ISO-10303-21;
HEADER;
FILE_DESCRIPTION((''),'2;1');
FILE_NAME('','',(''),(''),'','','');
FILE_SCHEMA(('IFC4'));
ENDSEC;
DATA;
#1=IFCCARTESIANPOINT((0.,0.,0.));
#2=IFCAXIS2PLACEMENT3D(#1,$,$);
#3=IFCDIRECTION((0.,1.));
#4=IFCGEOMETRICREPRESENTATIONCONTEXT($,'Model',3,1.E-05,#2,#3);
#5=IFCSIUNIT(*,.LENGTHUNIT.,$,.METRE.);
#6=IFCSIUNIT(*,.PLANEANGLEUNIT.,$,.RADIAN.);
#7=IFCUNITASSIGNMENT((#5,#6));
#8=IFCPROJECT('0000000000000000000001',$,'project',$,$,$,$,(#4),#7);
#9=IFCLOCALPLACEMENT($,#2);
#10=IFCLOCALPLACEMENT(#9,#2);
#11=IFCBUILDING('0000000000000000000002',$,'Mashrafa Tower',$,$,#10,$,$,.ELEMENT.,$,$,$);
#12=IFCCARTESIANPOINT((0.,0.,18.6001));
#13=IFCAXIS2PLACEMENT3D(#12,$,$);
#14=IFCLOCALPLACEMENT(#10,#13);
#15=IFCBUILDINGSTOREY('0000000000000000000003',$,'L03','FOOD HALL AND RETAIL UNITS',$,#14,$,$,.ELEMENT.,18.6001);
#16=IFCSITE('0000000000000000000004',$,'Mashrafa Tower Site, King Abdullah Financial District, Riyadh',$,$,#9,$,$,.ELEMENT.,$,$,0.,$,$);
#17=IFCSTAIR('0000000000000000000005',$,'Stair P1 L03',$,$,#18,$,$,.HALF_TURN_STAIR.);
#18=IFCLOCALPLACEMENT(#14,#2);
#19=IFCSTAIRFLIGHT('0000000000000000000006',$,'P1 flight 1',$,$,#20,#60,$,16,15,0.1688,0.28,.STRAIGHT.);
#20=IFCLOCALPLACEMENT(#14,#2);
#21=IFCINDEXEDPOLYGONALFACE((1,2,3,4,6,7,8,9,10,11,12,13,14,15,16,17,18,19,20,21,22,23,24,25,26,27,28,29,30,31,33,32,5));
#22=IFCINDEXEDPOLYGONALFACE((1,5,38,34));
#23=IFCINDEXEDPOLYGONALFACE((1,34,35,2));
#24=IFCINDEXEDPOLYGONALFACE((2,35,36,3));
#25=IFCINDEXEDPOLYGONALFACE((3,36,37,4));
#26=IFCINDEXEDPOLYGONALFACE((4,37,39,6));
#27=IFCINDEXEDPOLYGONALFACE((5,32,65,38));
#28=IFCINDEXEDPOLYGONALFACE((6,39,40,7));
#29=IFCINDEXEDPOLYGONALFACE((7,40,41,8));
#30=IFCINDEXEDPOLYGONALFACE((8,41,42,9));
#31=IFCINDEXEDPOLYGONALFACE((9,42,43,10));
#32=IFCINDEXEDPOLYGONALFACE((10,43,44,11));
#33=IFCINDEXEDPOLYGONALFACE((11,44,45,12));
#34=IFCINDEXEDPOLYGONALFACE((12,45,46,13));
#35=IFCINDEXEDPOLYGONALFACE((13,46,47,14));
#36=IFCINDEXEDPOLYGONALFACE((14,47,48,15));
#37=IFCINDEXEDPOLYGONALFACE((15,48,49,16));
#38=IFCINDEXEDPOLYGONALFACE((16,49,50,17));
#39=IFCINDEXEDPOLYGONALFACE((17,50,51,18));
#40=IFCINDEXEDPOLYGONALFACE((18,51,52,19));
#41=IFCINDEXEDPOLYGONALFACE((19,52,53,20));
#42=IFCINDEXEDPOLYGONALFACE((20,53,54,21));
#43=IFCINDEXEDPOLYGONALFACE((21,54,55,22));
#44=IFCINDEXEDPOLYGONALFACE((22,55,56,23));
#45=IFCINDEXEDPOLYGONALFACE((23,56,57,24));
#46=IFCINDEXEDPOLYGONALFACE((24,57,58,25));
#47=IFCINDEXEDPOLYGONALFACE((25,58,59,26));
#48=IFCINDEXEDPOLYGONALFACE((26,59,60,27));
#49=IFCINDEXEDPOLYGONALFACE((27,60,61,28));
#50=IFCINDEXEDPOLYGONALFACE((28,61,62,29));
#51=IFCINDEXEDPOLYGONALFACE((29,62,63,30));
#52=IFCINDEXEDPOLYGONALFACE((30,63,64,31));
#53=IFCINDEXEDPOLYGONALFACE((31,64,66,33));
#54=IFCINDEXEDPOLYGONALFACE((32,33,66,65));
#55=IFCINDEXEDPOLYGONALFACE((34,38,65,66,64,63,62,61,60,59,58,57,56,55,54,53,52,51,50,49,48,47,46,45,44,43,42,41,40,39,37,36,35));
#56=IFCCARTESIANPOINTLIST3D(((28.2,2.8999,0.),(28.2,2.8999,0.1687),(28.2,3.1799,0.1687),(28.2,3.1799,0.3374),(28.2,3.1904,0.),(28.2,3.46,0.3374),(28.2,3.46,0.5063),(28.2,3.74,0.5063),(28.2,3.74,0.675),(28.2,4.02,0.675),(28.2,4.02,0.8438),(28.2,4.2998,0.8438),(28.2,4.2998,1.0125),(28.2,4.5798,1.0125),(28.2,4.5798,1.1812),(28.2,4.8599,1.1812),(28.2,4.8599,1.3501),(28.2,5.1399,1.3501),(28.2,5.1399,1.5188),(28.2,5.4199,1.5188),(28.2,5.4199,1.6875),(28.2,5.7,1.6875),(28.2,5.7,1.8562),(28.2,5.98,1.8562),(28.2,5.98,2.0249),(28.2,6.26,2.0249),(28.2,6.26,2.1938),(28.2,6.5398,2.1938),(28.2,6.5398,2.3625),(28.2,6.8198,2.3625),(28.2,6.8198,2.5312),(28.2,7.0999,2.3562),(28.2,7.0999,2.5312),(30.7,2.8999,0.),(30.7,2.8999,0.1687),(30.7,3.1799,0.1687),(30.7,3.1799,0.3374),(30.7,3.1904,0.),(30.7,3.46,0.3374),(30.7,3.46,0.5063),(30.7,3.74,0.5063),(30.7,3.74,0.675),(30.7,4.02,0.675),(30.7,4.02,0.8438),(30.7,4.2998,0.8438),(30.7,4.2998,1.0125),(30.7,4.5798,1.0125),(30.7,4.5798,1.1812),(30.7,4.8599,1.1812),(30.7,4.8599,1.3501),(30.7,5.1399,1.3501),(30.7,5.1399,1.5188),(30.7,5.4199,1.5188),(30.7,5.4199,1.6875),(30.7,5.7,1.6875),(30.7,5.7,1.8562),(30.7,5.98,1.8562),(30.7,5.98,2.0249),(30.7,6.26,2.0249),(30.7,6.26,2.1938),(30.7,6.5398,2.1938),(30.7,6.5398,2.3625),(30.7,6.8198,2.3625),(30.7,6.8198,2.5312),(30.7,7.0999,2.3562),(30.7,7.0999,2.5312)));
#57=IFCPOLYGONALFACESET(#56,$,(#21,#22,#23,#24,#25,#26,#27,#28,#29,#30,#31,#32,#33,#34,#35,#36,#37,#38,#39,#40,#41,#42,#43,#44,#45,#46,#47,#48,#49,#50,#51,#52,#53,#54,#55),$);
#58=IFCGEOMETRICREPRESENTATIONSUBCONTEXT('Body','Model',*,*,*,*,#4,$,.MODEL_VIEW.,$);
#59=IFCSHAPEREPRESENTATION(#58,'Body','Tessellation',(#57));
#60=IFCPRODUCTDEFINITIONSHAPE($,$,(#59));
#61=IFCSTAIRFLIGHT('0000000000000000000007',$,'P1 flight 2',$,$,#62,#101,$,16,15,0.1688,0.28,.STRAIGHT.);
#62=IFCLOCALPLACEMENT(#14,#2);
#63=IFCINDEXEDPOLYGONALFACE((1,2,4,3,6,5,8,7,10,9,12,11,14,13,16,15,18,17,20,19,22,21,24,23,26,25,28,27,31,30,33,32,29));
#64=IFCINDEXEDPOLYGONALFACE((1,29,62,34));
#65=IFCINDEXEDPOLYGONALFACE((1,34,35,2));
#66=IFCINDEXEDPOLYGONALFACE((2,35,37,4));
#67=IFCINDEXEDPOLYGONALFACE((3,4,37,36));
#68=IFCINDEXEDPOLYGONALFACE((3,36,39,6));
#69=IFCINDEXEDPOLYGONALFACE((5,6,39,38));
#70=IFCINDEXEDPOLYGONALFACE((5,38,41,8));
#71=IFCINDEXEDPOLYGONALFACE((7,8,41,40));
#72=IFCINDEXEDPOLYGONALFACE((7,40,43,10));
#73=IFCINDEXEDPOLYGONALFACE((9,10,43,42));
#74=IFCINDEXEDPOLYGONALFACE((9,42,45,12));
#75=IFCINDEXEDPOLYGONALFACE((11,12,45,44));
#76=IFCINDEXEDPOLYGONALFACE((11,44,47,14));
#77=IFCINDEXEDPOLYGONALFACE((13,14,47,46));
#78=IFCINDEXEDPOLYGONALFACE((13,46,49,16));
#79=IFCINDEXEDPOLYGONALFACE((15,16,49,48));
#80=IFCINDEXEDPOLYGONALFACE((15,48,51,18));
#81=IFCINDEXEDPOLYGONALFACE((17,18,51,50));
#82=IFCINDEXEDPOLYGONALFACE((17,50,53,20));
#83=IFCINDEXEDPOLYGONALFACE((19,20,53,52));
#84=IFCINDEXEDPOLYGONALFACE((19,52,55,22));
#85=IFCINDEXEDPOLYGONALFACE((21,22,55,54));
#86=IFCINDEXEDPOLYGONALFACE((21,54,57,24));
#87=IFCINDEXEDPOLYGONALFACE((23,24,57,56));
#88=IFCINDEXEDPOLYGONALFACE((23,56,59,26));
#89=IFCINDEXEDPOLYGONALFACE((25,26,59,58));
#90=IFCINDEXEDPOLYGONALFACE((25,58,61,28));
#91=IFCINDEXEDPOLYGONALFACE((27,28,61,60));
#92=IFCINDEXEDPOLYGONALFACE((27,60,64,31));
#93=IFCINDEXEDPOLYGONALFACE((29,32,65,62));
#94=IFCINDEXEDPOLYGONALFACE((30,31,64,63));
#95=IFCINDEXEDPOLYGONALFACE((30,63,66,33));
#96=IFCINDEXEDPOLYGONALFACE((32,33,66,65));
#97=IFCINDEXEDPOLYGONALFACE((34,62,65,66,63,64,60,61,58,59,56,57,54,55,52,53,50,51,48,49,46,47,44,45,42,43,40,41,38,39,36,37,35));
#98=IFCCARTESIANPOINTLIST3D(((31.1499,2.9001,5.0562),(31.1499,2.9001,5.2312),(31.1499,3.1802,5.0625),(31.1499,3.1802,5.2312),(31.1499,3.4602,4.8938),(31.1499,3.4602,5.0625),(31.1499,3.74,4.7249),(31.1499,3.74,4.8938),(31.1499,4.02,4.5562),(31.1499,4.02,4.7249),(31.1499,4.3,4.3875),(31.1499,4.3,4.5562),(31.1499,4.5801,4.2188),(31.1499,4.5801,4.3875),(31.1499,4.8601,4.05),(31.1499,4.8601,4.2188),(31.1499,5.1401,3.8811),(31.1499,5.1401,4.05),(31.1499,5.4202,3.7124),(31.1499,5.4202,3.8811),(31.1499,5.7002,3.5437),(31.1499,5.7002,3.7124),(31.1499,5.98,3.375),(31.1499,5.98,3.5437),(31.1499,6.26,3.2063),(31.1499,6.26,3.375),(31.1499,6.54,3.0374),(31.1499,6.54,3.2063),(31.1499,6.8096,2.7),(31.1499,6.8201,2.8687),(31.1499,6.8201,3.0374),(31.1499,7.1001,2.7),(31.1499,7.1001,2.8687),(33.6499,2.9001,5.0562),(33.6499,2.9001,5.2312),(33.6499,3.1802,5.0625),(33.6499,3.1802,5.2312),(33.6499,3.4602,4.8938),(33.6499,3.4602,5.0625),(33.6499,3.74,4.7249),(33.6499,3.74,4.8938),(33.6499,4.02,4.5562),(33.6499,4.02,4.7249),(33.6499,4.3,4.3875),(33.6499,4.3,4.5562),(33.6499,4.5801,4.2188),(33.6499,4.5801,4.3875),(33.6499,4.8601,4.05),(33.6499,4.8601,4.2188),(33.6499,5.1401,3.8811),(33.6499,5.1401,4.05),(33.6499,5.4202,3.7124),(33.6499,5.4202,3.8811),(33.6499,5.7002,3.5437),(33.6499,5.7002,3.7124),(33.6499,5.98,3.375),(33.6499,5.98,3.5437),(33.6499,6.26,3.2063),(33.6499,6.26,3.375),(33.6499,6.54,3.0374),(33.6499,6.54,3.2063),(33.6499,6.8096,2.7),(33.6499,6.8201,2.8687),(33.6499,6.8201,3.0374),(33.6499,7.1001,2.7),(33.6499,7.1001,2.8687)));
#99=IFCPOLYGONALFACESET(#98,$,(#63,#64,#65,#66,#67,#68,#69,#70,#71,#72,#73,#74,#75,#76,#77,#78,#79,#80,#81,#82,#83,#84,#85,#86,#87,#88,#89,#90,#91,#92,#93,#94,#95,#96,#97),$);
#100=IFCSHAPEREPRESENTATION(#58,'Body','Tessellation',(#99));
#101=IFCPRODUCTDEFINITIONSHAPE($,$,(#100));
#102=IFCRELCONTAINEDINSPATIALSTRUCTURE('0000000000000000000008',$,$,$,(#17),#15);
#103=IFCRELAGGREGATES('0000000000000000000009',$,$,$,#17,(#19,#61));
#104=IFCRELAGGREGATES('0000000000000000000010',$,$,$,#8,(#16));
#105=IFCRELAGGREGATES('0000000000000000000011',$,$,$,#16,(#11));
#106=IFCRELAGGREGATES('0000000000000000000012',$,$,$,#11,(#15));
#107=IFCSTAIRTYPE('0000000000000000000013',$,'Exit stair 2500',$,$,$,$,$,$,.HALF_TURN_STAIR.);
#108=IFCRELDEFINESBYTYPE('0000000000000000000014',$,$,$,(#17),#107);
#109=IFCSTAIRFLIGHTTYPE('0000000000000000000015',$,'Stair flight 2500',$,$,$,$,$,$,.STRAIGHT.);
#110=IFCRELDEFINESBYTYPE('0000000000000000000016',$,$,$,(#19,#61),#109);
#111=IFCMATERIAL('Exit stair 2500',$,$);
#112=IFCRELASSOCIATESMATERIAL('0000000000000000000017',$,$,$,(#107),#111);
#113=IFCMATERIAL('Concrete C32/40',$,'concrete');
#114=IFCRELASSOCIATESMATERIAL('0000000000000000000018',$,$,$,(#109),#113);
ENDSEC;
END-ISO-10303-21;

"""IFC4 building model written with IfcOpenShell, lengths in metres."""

from ifc_helpers import new_model, si_unit, direction, frame, origin, place, context, subcontext, project, spatial, polyline, outline, extrude, material, type_object, element, aggregate, save


model = new_model("IFC4")

# Units and contexts
model_context = context("Model", 3, precision=1e-05, world=origin(), true_north=direction((0.0, 1.0)))
body_context = subcontext(model_context, "Body", "Model", "MODEL_VIEW")
ifc_project = project(units=[si_unit("LENGTHUNIT", "METRE"), si_unit("PLANEANGLEUNIT", "RADIAN")], contexts=[model_context])

# Site, building, storey
site_placement = place(None, origin())
site = spatial("IfcSite", under=ifc_project, at=site_placement, Name="Mashrafa Tower Site, King Abdullah Financial District, Riyadh", CompositionType="ELEMENT", RefElevation=0.0)
building_placement = place(site_placement, origin())
building = spatial("IfcBuilding", under=site, at=building_placement, Name="Mashrafa Tower", CompositionType="ELEMENT")
storey_placement = place(building_placement, frame((0.0, 0.0, 18.6001)))
storey = spatial("IfcBuildingStorey", under=building, at=storey_placement, Name="L03", Description="FOOD HALL AND RETAIL UNITS", CompositionType="ELEMENT", Elevation=18.6001)

# Stair, stair flights
ifc_material_1 = material(Name="Exit stair 2500")
stair_type = type_object("IfcStairType", Name="Exit stair 2500", PredefinedType="HALF_TURN_STAIR", material=ifc_material_1)
stair_placement = place(storey_placement, origin())
stair = element("IfcStair", 1, at=stair_placement, inside=storey, type_object=stair_type, Name="Stair P1 L03", PredefinedType="HALF_TURN_STAIR")
ifc_material_2 = material(Name="Concrete C32/40", Category="concrete")
stair_flight_type = type_object("IfcStairFlightType", Name="Stair flight 2500", PredefinedType="STRAIGHT", material=ifc_material_2)
stair_flight_1_placement = place(storey_placement, frame((29.45, 2.8999, 0.0), z_axis=(0.0, 0.0, 1.0), x_axis=(0.0, 1.0, 0.0)))
stair_flight_1 = element("IfcStairFlight", 2, at=stair_flight_1_placement, type_object=stair_flight_type, Name="P1 flight 1", NumberOfRisers=16, NumberOfTreads=15, PredefinedType="STRAIGHT", RiserHeight=0.1688, TreadLength=0.28, context=body_context, shape_type="SweptSolid", body=[
    extrude(outline(polyline([(0.0, 0.0), (0.0, 0.1687), (0.28, 0.1687), (0.28, 0.3374), (0.5601, 0.3374), (0.5601, 0.5063), (0.8401, 0.5063), (0.8401, 0.675), (1.1201, 0.675), (1.1201, 0.8438), (1.3999, 0.8438), (1.3999, 1.0125), (1.6799, 1.0125), (1.6799, 1.1812), (1.96, 1.1812), (1.96, 1.3501), (2.24, 1.3501), (2.24, 1.5188), (2.52, 1.5188), (2.52, 1.6875), (2.8, 1.6875), (2.8, 1.8562), (3.0801, 1.8562), (3.0801, 2.0249), (3.3601, 2.0249), (3.3601, 2.1938), (3.6399, 2.1938), (3.6399, 2.3625), (3.9199, 2.3625), (3.9199, 2.5312), (4.2, 2.5312), (4.2, 2.7), (4.2, 2.3562), (0.2905, 0.0), (0.0, 0.0)])), frame((0.0, 1.25, 0.0), z_axis=(0.0, -1.0, 0.0), x_axis=(1.0, 0.0, 0.0)), (0.0, 0.0, 1.0), 2.5),
])
stair_flight_2_placement = place(storey_placement, frame((32.3999, 7.1001, 2.7), z_axis=(0.0, 0.0, 1.0), x_axis=(0.0, -1.0, 0.0)))
stair_flight_2 = element("IfcStairFlight", 3, at=stair_flight_2_placement, type_object=stair_flight_type, Name="P1 flight 2", NumberOfRisers=16, NumberOfTreads=15, PredefinedType="STRAIGHT", RiserHeight=0.1688, TreadLength=0.28, context=body_context, shape_type="SweptSolid", body=[
    extrude(outline(polyline([(0.0, 0.0), (0.0, 0.1687), (0.28, 0.1687), (0.28, 0.3374), (0.5601, 0.3374), (0.5601, 0.5063), (0.8401, 0.5063), (0.8401, 0.675), (1.1201, 0.675), (1.1201, 0.8438), (1.3999, 0.8438), (1.3999, 1.0125), (1.6799, 1.0125), (1.6799, 1.1812), (1.96, 1.1812), (1.96, 1.3501), (2.24, 1.3501), (2.24, 1.5188), (2.52, 1.5188), (2.52, 1.6875), (2.8, 1.6875), (2.8, 1.8562), (3.0801, 1.8562), (3.0801, 2.0249), (3.3601, 2.0249), (3.3601, 2.1938), (3.6399, 2.1938), (3.6399, 2.3625), (3.9199, 2.3625), (3.9199, 2.5312), (4.2, 2.5312), (4.2, 2.7), (4.2, 2.3562), (0.2905, 0.0), (0.0, 0.0)])), frame((0.0, 1.25, 0.0), z_axis=(0.0, -1.0, 0.0), x_axis=(1.0, 0.0, 0.0)), (0.0, 0.0, 1.0), 2.5),
])
aggregate(stair, [stair_flight_1, stair_flight_2])

save(model, "model.ifc")
